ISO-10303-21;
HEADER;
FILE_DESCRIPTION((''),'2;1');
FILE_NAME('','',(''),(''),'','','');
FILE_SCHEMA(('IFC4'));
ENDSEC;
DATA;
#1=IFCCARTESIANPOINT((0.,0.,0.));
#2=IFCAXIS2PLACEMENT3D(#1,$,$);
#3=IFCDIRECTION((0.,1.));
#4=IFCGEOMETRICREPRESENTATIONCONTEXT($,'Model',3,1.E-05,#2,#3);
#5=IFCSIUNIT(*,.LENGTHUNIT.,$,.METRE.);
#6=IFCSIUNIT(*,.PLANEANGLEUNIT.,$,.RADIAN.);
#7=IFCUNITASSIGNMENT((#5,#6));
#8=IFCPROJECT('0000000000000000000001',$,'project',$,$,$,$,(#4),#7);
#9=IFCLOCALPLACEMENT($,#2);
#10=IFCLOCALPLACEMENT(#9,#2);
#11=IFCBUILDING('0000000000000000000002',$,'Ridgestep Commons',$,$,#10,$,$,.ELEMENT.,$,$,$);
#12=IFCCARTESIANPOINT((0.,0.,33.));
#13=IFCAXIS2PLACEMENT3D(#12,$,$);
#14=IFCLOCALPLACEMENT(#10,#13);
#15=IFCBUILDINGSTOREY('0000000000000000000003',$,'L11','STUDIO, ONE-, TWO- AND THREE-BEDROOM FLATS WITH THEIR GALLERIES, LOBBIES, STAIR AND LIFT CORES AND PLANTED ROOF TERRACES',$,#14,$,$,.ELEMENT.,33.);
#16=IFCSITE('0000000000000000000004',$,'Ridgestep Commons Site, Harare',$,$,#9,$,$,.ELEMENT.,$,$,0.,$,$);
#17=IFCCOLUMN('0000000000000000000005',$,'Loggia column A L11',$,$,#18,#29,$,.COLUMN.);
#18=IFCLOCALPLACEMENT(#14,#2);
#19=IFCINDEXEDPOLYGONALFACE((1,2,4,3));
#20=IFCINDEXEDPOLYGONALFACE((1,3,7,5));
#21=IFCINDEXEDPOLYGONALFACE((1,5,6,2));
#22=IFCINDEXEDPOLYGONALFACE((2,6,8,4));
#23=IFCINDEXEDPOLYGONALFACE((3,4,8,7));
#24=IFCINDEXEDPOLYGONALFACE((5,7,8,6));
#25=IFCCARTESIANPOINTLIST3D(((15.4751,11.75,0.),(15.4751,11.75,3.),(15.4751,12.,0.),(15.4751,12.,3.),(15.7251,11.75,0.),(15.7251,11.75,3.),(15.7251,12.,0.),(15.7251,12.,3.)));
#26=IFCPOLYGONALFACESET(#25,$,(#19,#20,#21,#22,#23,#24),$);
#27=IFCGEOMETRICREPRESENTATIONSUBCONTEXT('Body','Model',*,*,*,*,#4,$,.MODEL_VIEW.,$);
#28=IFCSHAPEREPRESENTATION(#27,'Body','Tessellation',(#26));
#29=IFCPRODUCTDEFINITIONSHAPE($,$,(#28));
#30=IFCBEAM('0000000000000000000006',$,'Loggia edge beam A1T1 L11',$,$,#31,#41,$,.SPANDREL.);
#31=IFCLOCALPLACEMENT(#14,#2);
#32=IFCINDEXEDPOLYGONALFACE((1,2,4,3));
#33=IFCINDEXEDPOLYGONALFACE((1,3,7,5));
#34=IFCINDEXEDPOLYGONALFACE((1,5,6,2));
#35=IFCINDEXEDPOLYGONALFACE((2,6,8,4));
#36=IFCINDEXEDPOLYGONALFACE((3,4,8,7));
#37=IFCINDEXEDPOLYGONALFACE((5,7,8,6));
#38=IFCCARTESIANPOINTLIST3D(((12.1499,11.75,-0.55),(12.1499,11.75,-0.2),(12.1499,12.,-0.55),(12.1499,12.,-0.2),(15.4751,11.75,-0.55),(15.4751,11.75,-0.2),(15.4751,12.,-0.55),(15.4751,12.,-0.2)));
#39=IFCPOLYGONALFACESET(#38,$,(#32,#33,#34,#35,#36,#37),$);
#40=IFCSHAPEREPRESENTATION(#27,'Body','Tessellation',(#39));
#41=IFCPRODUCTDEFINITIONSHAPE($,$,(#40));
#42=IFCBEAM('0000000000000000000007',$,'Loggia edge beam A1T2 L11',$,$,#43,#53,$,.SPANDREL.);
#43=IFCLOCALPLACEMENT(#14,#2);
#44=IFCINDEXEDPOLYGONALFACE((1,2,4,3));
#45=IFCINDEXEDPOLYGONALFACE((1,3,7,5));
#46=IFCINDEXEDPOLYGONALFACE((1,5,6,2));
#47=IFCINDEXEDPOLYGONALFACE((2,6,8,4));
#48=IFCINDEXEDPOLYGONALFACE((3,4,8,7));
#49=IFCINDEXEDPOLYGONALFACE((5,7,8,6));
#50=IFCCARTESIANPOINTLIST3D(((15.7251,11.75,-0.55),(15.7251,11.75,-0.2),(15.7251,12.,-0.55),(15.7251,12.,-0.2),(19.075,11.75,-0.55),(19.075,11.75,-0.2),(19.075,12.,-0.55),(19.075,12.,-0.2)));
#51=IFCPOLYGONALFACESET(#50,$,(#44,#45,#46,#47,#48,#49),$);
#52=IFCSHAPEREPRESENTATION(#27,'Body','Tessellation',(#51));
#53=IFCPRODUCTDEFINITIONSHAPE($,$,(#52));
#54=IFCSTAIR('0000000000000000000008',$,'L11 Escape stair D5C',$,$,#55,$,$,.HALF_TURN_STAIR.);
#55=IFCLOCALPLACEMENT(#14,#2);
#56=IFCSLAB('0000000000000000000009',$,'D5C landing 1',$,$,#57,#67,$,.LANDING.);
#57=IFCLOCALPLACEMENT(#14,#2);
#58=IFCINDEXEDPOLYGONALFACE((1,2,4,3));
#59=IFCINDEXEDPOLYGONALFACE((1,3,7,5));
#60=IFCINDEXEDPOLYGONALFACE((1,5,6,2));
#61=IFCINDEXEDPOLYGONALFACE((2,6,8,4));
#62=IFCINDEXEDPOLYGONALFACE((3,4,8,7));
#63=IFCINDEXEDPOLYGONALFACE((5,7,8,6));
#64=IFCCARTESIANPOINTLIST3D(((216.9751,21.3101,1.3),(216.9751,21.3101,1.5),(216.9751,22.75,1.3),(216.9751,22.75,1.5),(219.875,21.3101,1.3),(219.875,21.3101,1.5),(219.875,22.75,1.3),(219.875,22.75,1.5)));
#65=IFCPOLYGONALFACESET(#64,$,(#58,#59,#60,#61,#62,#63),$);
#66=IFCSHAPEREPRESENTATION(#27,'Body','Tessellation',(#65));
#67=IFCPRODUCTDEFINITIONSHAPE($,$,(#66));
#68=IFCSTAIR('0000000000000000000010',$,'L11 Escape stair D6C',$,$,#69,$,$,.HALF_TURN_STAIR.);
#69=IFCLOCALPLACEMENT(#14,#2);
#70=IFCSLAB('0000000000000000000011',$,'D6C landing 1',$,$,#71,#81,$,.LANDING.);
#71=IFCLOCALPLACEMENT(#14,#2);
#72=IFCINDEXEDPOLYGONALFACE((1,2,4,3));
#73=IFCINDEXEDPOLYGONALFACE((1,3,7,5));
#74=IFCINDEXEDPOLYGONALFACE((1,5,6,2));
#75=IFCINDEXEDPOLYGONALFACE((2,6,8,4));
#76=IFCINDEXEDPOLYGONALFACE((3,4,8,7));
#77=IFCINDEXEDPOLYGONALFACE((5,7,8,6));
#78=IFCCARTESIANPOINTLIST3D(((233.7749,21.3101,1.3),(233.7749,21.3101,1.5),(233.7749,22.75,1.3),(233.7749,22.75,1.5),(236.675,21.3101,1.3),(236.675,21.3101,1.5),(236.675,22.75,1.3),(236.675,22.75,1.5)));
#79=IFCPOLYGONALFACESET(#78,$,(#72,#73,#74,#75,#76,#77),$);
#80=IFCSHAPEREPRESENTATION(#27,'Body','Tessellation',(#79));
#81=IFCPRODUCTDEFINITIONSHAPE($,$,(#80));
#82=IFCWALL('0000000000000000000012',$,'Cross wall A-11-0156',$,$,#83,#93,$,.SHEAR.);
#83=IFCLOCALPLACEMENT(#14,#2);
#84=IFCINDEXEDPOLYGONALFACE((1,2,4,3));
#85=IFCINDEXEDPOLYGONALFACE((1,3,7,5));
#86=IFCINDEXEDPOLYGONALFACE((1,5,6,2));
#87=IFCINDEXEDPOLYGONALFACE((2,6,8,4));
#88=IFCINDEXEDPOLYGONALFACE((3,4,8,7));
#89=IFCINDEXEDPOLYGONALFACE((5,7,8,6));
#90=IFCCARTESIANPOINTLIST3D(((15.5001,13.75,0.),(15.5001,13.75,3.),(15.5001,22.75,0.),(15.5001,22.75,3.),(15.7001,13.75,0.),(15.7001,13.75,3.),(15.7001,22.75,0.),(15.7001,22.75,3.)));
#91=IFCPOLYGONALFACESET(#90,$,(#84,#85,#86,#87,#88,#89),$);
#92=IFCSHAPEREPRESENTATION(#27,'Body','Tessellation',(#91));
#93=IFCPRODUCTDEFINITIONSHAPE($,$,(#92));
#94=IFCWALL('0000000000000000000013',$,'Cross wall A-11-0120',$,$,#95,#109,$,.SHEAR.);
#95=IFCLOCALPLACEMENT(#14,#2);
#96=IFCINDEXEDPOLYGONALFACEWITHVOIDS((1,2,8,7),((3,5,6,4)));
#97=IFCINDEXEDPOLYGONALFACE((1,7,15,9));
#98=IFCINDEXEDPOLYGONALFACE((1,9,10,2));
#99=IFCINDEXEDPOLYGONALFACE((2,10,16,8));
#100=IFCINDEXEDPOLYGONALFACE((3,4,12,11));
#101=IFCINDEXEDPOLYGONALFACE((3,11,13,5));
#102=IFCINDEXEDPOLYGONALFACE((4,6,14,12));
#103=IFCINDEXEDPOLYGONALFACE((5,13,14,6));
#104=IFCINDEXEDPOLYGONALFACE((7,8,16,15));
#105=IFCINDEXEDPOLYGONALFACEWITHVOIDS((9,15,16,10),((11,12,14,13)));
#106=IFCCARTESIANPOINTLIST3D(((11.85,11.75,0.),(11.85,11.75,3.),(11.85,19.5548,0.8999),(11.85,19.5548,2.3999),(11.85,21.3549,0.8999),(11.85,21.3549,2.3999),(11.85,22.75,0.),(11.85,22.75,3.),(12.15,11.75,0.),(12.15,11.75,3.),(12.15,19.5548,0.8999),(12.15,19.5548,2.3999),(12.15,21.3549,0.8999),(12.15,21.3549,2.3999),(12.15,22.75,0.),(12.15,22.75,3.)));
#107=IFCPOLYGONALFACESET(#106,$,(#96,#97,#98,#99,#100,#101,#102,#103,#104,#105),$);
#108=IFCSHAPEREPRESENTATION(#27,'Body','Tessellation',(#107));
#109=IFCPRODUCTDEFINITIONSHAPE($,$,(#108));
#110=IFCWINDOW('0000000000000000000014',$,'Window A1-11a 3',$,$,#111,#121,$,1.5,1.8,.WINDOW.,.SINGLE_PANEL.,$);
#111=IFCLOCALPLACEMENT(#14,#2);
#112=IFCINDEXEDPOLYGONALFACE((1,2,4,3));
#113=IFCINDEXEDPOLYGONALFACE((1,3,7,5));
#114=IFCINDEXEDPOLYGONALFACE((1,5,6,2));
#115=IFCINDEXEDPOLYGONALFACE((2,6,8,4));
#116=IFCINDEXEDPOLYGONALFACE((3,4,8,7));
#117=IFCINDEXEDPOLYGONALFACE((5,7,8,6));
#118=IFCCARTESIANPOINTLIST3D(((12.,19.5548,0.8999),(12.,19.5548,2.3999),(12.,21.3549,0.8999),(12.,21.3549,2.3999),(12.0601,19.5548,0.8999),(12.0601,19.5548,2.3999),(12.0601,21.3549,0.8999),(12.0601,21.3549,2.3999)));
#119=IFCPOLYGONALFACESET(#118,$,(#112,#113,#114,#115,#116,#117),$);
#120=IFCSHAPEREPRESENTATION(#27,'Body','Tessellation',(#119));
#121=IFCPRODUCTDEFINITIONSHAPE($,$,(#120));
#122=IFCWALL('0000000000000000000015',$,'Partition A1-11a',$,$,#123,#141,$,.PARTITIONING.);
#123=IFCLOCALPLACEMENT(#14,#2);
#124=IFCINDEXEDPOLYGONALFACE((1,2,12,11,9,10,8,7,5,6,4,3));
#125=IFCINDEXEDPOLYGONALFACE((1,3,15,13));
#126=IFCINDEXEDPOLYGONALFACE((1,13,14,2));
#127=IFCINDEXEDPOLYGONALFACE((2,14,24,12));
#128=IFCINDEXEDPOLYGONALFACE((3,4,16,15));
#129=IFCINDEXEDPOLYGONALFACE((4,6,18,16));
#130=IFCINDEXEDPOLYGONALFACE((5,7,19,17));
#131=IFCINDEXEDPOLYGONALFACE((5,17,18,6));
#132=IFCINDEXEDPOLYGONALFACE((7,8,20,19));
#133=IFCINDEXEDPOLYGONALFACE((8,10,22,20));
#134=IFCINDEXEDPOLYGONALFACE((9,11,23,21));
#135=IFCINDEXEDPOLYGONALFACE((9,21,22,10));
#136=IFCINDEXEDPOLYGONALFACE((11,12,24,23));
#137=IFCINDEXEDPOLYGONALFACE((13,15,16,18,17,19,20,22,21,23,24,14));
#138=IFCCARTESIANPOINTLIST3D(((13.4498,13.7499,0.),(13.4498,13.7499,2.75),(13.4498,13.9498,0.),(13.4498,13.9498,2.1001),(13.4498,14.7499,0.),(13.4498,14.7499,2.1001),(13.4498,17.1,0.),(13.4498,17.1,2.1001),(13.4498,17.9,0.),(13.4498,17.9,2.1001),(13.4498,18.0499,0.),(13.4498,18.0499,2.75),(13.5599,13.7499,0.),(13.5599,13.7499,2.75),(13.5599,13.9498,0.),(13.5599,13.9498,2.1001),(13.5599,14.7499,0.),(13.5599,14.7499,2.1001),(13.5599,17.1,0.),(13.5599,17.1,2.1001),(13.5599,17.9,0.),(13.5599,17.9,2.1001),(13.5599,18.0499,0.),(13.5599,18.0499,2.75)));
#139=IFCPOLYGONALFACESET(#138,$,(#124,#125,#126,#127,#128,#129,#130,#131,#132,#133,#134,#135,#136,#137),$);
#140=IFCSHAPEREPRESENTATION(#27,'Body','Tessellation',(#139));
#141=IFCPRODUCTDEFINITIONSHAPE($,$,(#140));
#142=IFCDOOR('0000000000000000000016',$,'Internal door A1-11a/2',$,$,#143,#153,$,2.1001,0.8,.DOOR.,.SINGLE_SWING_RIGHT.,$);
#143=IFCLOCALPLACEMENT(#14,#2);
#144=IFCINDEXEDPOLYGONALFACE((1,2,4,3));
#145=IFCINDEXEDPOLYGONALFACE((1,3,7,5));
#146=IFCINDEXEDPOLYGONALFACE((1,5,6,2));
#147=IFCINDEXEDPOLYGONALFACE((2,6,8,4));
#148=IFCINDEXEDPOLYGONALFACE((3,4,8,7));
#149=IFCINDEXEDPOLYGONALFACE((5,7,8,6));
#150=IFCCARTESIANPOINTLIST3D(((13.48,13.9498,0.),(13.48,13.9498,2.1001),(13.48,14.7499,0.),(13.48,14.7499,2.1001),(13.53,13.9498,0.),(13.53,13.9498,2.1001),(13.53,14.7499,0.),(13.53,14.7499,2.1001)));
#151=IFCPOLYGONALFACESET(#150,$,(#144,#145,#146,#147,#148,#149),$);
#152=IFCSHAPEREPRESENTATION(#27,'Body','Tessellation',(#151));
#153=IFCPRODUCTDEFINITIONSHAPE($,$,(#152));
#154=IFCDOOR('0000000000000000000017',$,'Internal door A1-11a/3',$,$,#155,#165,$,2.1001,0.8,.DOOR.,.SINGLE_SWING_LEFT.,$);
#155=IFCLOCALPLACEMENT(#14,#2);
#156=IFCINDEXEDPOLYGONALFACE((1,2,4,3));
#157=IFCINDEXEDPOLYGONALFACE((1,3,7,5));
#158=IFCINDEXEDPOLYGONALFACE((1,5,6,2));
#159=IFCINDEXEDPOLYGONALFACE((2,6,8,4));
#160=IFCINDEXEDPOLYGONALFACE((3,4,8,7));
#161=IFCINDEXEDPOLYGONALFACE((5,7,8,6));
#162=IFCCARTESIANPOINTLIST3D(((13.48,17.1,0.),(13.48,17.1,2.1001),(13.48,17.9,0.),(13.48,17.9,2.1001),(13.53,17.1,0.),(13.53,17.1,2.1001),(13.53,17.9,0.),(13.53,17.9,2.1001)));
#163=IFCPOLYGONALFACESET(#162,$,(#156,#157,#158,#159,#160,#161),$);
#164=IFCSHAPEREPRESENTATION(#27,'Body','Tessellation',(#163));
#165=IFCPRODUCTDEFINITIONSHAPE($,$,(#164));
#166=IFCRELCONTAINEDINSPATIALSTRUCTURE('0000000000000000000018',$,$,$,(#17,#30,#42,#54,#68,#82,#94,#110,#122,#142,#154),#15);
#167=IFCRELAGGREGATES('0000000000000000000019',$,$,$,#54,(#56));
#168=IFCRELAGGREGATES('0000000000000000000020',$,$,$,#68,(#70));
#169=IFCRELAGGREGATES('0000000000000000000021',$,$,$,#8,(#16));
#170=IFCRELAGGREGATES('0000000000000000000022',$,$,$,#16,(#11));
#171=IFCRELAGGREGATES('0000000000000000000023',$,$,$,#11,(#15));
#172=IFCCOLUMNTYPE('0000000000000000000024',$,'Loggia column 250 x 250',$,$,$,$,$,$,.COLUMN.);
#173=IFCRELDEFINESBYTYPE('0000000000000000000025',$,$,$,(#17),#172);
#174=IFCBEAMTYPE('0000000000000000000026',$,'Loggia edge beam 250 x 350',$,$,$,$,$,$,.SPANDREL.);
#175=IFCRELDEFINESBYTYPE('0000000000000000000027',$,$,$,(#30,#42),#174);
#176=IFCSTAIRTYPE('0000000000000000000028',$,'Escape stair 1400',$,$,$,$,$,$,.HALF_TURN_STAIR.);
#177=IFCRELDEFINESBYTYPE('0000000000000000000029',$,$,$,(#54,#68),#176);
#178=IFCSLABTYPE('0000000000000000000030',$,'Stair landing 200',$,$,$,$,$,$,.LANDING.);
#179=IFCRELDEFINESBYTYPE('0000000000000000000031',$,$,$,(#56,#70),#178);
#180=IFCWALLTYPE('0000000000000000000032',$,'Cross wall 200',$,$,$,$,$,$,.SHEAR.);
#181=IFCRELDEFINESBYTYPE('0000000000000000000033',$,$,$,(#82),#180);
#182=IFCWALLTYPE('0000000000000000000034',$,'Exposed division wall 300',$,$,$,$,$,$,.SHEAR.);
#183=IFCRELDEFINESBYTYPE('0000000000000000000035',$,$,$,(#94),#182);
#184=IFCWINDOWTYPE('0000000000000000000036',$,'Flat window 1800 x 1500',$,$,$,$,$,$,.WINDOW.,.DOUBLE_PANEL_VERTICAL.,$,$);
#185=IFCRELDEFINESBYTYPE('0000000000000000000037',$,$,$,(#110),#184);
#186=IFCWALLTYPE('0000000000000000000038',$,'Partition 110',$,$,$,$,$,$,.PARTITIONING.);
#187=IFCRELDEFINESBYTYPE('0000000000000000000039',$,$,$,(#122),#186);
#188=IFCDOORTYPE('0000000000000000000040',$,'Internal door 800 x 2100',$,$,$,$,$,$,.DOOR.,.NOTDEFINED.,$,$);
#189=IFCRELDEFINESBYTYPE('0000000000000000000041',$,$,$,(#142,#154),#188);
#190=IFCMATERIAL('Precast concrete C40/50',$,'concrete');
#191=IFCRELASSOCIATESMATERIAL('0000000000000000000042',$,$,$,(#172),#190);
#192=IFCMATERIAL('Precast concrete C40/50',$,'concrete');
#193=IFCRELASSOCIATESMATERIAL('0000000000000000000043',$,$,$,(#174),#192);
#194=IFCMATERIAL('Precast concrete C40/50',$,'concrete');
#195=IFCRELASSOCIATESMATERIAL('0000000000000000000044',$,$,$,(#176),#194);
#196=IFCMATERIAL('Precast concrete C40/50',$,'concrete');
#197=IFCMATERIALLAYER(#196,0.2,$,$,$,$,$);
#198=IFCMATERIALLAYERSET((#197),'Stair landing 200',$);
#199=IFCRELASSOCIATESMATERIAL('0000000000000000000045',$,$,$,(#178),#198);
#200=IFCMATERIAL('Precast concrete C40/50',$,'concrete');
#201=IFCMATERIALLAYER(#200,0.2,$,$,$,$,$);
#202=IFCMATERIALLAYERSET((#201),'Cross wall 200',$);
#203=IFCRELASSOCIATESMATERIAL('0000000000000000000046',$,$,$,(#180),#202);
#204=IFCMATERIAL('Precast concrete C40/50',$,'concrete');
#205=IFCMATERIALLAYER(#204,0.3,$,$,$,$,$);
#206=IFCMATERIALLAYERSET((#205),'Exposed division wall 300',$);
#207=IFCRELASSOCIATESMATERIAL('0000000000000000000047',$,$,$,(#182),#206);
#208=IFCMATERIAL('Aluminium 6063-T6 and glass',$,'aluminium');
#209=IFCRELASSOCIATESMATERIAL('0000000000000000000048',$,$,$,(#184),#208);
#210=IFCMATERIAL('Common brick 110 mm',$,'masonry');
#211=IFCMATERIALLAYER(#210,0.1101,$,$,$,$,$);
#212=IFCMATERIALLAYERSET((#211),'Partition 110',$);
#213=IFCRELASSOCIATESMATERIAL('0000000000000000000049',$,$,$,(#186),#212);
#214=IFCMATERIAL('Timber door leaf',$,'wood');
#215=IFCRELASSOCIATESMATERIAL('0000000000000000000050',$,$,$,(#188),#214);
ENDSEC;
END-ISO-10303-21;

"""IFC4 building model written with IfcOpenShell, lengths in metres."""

from ifc_helpers import new_model, si_unit, direction, frame, frame_2d, origin, origin_2d, place, context, subcontext, project, spatial, polyline, rectangle, outline, extrude, material, layer, layer_set, material_profile, profile_set, type_object, element, fill, aggregate, save


model = new_model("IFC4")

# Units and contexts
model_context = context("Model", 3, precision=1e-05, world=origin(), true_north=direction((0.0, 1.0)))
body_context = subcontext(model_context, "Body", "Model", "MODEL_VIEW")
ifc_project = project(units=[si_unit("LENGTHUNIT", "METRE"), si_unit("PLANEANGLEUNIT", "RADIAN")], contexts=[model_context])

# Site, building, storey
site_placement = place(None, origin())
site = spatial("IfcSite", under=ifc_project, at=site_placement, Name="Ridgestep Commons Site, Harare", CompositionType="ELEMENT", RefElevation=0.0)
building_placement = place(site_placement, origin())
building = spatial("IfcBuilding", under=site, at=building_placement, Name="Ridgestep Commons", CompositionType="ELEMENT")
storey_placement = place(building_placement, frame((0.0, 0.0, 33.0)))
storey = spatial("IfcBuildingStorey", under=building, at=storey_placement, Name="L11", Description="STUDIO, ONE-, TWO- AND THREE-BEDROOM FLATS WITH THEIR GALLERIES, LOBBIES, STAIR AND LIFT CORES AND PLANTED ROOF TERRACES", CompositionType="ELEMENT", Elevation=33.0)

# Column
ifc_material_1 = material(Name="Precast concrete C40/50", Category="concrete")
ifc_material_profile_1 = material_profile(ifc_material_1, rectangle(XDim=0.25, YDim=0.25, at=origin_2d()), Name="PC 250x250")
ifc_profile_set_1 = profile_set([ifc_material_profile_1], Name="Precast concrete C40/50")
column_type = type_object("IfcColumnType", Name="Loggia column 250 x 250", PredefinedType="COLUMN", material=ifc_profile_set_1)
column_placement = place(storey_placement, frame((15.6001, 11.875, 0.0), z_axis=(0.0, 0.0, 1.0), x_axis=(1.0, 0.0, 0.0)))
element("IfcColumn", 1, at=column_placement, inside=storey, type_object=column_type, Name="Loggia column A L11", PredefinedType="COLUMN", context=body_context, shape_type="SweptSolid", body=[
    extrude(rectangle(XDim=0.25, YDim=0.25, at=origin_2d()), origin(), (0.0, 0.0, 1.0), 3.0),
])

# Beams
ifc_material_2 = material(Name="Precast concrete C40/50", Category="concrete")
ifc_material_profile_2 = material_profile(ifc_material_2, rectangle(XDim=0.25, YDim=0.3501, at=origin_2d()), Name="PC 250x350")
ifc_profile_set_2 = profile_set([ifc_material_profile_2], Name="Precast concrete C40/50")
beam_type = type_object("IfcBeamType", Name="Loggia edge beam 250 x 350", PredefinedType="SPANDREL", material=ifc_profile_set_2)
beam_1_placement = place(storey_placement, frame((12.1499, 11.875, -0.375), z_axis=(1.0, 0.0, 0.0), x_axis=(0.0, 1.0, 0.0)))
element("IfcBeam", 2, at=beam_1_placement, inside=storey, type_object=beam_type, Name="Loggia edge beam A1T1 L11", PredefinedType="SPANDREL", context=body_context, shape_type="SweptSolid", body=[
    extrude(rectangle(XDim=0.25, YDim=0.3501, at=origin_2d()), origin(), (0.0, 0.0, 1.0), 3.3252),
])
beam_2_placement = place(storey_placement, frame((15.7251, 11.875, -0.375), z_axis=(1.0, 0.0, 0.0), x_axis=(0.0, 1.0, 0.0)))
element("IfcBeam", 3, at=beam_2_placement, inside=storey, type_object=beam_type, Name="Loggia edge beam A1T2 L11", PredefinedType="SPANDREL", context=body_context, shape_type="SweptSolid", body=[
    extrude(rectangle(XDim=0.25, YDim=0.3501, at=origin_2d()), origin(), (0.0, 0.0, 1.0), 3.3499),
])

# Stairs, slabs
ifc_material_3 = material(Name="Precast concrete C40/50", Category="concrete")
stair_type = type_object("IfcStairType", Name="Escape stair 1400", PredefinedType="HALF_TURN_STAIR", material=ifc_material_3)
stair_1_placement = place(storey_placement, origin())
stair_1 = element("IfcStair", 4, at=stair_1_placement, inside=storey, type_object=stair_type, Name="L11 Escape stair D5C", PredefinedType="HALF_TURN_STAIR")
ifc_material_4 = material(Name="Precast concrete C40/50", Category="concrete")
ifc_layer_1 = layer(ifc_material_4, 0.2)
ifc_layer_set_1 = layer_set([ifc_layer_1], Name="Stair landing 200")
slab_type = type_object("IfcSlabType", Name="Stair landing 200", PredefinedType="LANDING", material=ifc_layer_set_1)
slab_1_placement = place(storey_placement, frame((0.0, 0.0, 1.3)))
slab_1 = element("IfcSlab", 5, at=slab_1_placement, type_object=slab_type, Name="D5C landing 1", PredefinedType="LANDING", context=body_context, shape_type="SweptSolid", body=[
    extrude(outline(polyline([(219.875, 21.3101), (219.875, 22.75), (216.9751, 22.75), (216.9751, 21.3101), (219.875, 21.3101)])), origin(), (0.0, 0.0, 1.0), 0.2),
])
aggregate(stair_1, [slab_1])
stair_2_placement = place(storey_placement, origin())
stair_2 = element("IfcStair", 6, at=stair_2_placement, inside=storey, type_object=stair_type, Name="L11 Escape stair D6C", PredefinedType="HALF_TURN_STAIR")
slab_2_placement = place(storey_placement, frame((0.0, 0.0, 1.3)))
slab_2 = element("IfcSlab", 7, at=slab_2_placement, type_object=slab_type, Name="D6C landing 1", PredefinedType="LANDING", context=body_context, shape_type="SweptSolid", body=[
    extrude(outline(polyline([(236.675, 21.3101), (236.675, 22.75), (233.7749, 22.75), (233.7749, 21.3101), (236.675, 21.3101)])), origin(), (0.0, 0.0, 1.0), 0.2),
])
aggregate(stair_2, [slab_2])

# Wall
ifc_material_5 = material(Name="Precast concrete C40/50", Category="concrete")
ifc_layer_2 = layer(ifc_material_5, 0.2)
ifc_layer_set_2 = layer_set([ifc_layer_2], Name="Cross wall 200")
wall_type_1 = type_object("IfcWallType", Name="Cross wall 200", PredefinedType="SHEAR", material=ifc_layer_set_2)
wall_1_placement = place(storey_placement, frame((15.6001, 13.75, 0.0), z_axis=(0.0, 0.0, 1.0), x_axis=(0.0, 1.0, 0.0)))
element("IfcWall", 8, at=wall_1_placement, inside=storey, type_object=wall_type_1, Name="Cross wall A-11-0156", PredefinedType="SHEAR", context=body_context, shape_type="SweptSolid", body=[
    extrude(rectangle(XDim=9.0, YDim=0.2, at=frame_2d((4.5, 0.0))), origin(), (0.0, 0.0, 1.0), 3.0),
])

# Wall, opening, window
ifc_material_6 = material(Name="Precast concrete C40/50", Category="concrete")
ifc_layer_3 = layer(ifc_material_6, 0.3)
ifc_layer_set_3 = layer_set([ifc_layer_3], Name="Exposed division wall 300")
wall_type_2 = type_object("IfcWallType", Name="Exposed division wall 300", PredefinedType="SHEAR", material=ifc_layer_set_3)
wall_2_placement = place(storey_placement, frame((12.0, 11.75, 0.0), z_axis=(0.0, 0.0, 1.0), x_axis=(0.0, 1.0, 0.0)))
wall_2 = element("IfcWall", 9, at=wall_2_placement, inside=storey, type_object=wall_type_2, Name="Cross wall A-11-0120", PredefinedType="SHEAR", context=body_context, shape_type="SweptSolid", body=[
    extrude(rectangle(XDim=11.0, YDim=0.3, at=frame_2d((5.5, 0.0))), origin(), (0.0, 0.0, 1.0), 3.0),
])
opening_1_placement = place(wall_2_placement, frame((7.8049, 0.0, 0.8999)))
opening_1 = element("IfcOpeningElement", 10, at=opening_1_placement, cuts=wall_2, PredefinedType="OPENING", context=body_context, shape_type="SweptSolid", body=[
    extrude(rectangle(XDim=1.8, YDim=1.5, at=frame_2d((0.8999, 0.75))), frame((0.0, 0.1599, 0.0), z_axis=(0.0, -1.0, 0.0), x_axis=(1.0, 0.0, 0.0)), (0.0, 0.0, 1.0), 0.3201),
])
ifc_material_7 = material(Name="Aluminium 6063-T6 and glass", Category="aluminium")
window_type_1 = type_object("IfcWindowType", Name="Flat window 1800 x 1500", PartitioningType="DOUBLE_PANEL_VERTICAL", PredefinedType="WINDOW", material=ifc_material_7)
window_1_placement = place(opening_1_placement, origin())
window_1 = element("IfcWindow", 11, at=window_1_placement, inside=storey, type_object=window_type_1, Name="Window A1-11a 3", OverallHeight=1.5, OverallWidth=1.8, PartitioningType="SINGLE_PANEL", PredefinedType="WINDOW", context=body_context, shape_type="SweptSolid", body=[
    extrude(rectangle(XDim=1.8, YDim=1.5, at=frame_2d((0.8999, 0.75))), frame((0.0, 0.0, 0.0), z_axis=(0.0, -1.0, 0.0), x_axis=(1.0, 0.0, 0.0)), (0.0, 0.0, 1.0), 0.0601),
])
fill(opening_1, window_1)

# Wall, openings, doors
ifc_material_8 = material(Name="Common brick 110 mm", Category="masonry")
ifc_layer_4 = layer(ifc_material_8, 0.1101)
ifc_layer_set_4 = layer_set([ifc_layer_4], Name="Partition 110")
wall_type_3 = type_object("IfcWallType", Name="Partition 110", PredefinedType="PARTITIONING", material=ifc_layer_set_4)
wall_3_placement = place(storey_placement, frame((13.5049, 13.75, 0.0), z_axis=(0.0, 0.0, 1.0), x_axis=(0.0, 1.0, 0.0)))
wall_3 = element("IfcWall", 12, at=wall_3_placement, inside=storey, type_object=wall_type_3, Name="Partition A1-11a", PredefinedType="PARTITIONING", context=body_context, shape_type="SweptSolid", body=[
    extrude(rectangle(XDim=4.3, YDim=0.1101, at=frame_2d((2.1499, 0.0))), origin(), (0.0, 0.0, 1.0), 2.75),
])
opening_2_placement = place(wall_3_placement, frame((0.2, 0.0, 0.0)))
opening_2 = element("IfcOpeningElement", 13, at=opening_2_placement, cuts=wall_3, PredefinedType="OPENING", context=body_context, shape_type="SweptSolid", body=[
    extrude(rectangle(XDim=0.8, YDim=2.1001, at=frame_2d((0.3999, 1.05))), frame((0.0, 0.0649, 0.0), z_axis=(0.0, -1.0, 0.0), x_axis=(1.0, 0.0, 0.0)), (0.0, 0.0, 1.0), 0.1301),
])
opening_3_placement = place(wall_3_placement, frame((3.3501, 0.0, 0.0)))
opening_3 = element("IfcOpeningElement", 14, at=opening_3_placement, cuts=wall_3, PredefinedType="OPENING", context=body_context, shape_type="SweptSolid", body=[
    extrude(rectangle(XDim=0.8, YDim=2.1001, at=frame_2d((0.3999, 1.05))), frame((0.0, 0.0649, 0.0), z_axis=(0.0, -1.0, 0.0), x_axis=(1.0, 0.0, 0.0)), (0.0, 0.0, 1.0), 0.1301),
])
ifc_material_9 = material(Name="Timber door leaf", Category="wood")
door_type_1 = type_object("IfcDoorType", Name="Internal door 800 x 2100", OperationType="NOTDEFINED", PredefinedType="DOOR", material=ifc_material_9)
door_1_placement = place(opening_2_placement, origin())
door_1 = element("IfcDoor", 15, at=door_1_placement, inside=storey, type_object=door_type_1, Name="Internal door A1-11a/2", OperationType="SINGLE_SWING_RIGHT", OverallHeight=2.1001, OverallWidth=0.8, PredefinedType="DOOR", context=body_context, shape_type="SweptSolid", body=[
    extrude(rectangle(XDim=0.8, YDim=2.1001, at=frame_2d((0.3999, 1.05))), frame((0.0, 0.0249, 0.0), z_axis=(0.0, -1.0, 0.0), x_axis=(1.0, 0.0, 0.0)), (0.0, 0.0, 1.0), 0.05),
])
fill(opening_2, door_1)
door_2_placement = place(opening_3_placement, origin())
door_2 = element("IfcDoor", 16, at=door_2_placement, inside=storey, type_object=door_type_1, Name="Internal door A1-11a/3", OperationType="SINGLE_SWING_LEFT", OverallHeight=2.1001, OverallWidth=0.8, PredefinedType="DOOR", context=body_context, shape_type="SweptSolid", body=[
    extrude(rectangle(XDim=0.8, YDim=2.1001, at=frame_2d((0.3999, 1.05))), frame((0.0, 0.0249, 0.0), z_axis=(0.0, -1.0, 0.0), x_axis=(1.0, 0.0, 0.0)), (0.0, 0.0, 1.0), 0.05),
])
fill(opening_3, door_2)

save(model, "model.ifc")
